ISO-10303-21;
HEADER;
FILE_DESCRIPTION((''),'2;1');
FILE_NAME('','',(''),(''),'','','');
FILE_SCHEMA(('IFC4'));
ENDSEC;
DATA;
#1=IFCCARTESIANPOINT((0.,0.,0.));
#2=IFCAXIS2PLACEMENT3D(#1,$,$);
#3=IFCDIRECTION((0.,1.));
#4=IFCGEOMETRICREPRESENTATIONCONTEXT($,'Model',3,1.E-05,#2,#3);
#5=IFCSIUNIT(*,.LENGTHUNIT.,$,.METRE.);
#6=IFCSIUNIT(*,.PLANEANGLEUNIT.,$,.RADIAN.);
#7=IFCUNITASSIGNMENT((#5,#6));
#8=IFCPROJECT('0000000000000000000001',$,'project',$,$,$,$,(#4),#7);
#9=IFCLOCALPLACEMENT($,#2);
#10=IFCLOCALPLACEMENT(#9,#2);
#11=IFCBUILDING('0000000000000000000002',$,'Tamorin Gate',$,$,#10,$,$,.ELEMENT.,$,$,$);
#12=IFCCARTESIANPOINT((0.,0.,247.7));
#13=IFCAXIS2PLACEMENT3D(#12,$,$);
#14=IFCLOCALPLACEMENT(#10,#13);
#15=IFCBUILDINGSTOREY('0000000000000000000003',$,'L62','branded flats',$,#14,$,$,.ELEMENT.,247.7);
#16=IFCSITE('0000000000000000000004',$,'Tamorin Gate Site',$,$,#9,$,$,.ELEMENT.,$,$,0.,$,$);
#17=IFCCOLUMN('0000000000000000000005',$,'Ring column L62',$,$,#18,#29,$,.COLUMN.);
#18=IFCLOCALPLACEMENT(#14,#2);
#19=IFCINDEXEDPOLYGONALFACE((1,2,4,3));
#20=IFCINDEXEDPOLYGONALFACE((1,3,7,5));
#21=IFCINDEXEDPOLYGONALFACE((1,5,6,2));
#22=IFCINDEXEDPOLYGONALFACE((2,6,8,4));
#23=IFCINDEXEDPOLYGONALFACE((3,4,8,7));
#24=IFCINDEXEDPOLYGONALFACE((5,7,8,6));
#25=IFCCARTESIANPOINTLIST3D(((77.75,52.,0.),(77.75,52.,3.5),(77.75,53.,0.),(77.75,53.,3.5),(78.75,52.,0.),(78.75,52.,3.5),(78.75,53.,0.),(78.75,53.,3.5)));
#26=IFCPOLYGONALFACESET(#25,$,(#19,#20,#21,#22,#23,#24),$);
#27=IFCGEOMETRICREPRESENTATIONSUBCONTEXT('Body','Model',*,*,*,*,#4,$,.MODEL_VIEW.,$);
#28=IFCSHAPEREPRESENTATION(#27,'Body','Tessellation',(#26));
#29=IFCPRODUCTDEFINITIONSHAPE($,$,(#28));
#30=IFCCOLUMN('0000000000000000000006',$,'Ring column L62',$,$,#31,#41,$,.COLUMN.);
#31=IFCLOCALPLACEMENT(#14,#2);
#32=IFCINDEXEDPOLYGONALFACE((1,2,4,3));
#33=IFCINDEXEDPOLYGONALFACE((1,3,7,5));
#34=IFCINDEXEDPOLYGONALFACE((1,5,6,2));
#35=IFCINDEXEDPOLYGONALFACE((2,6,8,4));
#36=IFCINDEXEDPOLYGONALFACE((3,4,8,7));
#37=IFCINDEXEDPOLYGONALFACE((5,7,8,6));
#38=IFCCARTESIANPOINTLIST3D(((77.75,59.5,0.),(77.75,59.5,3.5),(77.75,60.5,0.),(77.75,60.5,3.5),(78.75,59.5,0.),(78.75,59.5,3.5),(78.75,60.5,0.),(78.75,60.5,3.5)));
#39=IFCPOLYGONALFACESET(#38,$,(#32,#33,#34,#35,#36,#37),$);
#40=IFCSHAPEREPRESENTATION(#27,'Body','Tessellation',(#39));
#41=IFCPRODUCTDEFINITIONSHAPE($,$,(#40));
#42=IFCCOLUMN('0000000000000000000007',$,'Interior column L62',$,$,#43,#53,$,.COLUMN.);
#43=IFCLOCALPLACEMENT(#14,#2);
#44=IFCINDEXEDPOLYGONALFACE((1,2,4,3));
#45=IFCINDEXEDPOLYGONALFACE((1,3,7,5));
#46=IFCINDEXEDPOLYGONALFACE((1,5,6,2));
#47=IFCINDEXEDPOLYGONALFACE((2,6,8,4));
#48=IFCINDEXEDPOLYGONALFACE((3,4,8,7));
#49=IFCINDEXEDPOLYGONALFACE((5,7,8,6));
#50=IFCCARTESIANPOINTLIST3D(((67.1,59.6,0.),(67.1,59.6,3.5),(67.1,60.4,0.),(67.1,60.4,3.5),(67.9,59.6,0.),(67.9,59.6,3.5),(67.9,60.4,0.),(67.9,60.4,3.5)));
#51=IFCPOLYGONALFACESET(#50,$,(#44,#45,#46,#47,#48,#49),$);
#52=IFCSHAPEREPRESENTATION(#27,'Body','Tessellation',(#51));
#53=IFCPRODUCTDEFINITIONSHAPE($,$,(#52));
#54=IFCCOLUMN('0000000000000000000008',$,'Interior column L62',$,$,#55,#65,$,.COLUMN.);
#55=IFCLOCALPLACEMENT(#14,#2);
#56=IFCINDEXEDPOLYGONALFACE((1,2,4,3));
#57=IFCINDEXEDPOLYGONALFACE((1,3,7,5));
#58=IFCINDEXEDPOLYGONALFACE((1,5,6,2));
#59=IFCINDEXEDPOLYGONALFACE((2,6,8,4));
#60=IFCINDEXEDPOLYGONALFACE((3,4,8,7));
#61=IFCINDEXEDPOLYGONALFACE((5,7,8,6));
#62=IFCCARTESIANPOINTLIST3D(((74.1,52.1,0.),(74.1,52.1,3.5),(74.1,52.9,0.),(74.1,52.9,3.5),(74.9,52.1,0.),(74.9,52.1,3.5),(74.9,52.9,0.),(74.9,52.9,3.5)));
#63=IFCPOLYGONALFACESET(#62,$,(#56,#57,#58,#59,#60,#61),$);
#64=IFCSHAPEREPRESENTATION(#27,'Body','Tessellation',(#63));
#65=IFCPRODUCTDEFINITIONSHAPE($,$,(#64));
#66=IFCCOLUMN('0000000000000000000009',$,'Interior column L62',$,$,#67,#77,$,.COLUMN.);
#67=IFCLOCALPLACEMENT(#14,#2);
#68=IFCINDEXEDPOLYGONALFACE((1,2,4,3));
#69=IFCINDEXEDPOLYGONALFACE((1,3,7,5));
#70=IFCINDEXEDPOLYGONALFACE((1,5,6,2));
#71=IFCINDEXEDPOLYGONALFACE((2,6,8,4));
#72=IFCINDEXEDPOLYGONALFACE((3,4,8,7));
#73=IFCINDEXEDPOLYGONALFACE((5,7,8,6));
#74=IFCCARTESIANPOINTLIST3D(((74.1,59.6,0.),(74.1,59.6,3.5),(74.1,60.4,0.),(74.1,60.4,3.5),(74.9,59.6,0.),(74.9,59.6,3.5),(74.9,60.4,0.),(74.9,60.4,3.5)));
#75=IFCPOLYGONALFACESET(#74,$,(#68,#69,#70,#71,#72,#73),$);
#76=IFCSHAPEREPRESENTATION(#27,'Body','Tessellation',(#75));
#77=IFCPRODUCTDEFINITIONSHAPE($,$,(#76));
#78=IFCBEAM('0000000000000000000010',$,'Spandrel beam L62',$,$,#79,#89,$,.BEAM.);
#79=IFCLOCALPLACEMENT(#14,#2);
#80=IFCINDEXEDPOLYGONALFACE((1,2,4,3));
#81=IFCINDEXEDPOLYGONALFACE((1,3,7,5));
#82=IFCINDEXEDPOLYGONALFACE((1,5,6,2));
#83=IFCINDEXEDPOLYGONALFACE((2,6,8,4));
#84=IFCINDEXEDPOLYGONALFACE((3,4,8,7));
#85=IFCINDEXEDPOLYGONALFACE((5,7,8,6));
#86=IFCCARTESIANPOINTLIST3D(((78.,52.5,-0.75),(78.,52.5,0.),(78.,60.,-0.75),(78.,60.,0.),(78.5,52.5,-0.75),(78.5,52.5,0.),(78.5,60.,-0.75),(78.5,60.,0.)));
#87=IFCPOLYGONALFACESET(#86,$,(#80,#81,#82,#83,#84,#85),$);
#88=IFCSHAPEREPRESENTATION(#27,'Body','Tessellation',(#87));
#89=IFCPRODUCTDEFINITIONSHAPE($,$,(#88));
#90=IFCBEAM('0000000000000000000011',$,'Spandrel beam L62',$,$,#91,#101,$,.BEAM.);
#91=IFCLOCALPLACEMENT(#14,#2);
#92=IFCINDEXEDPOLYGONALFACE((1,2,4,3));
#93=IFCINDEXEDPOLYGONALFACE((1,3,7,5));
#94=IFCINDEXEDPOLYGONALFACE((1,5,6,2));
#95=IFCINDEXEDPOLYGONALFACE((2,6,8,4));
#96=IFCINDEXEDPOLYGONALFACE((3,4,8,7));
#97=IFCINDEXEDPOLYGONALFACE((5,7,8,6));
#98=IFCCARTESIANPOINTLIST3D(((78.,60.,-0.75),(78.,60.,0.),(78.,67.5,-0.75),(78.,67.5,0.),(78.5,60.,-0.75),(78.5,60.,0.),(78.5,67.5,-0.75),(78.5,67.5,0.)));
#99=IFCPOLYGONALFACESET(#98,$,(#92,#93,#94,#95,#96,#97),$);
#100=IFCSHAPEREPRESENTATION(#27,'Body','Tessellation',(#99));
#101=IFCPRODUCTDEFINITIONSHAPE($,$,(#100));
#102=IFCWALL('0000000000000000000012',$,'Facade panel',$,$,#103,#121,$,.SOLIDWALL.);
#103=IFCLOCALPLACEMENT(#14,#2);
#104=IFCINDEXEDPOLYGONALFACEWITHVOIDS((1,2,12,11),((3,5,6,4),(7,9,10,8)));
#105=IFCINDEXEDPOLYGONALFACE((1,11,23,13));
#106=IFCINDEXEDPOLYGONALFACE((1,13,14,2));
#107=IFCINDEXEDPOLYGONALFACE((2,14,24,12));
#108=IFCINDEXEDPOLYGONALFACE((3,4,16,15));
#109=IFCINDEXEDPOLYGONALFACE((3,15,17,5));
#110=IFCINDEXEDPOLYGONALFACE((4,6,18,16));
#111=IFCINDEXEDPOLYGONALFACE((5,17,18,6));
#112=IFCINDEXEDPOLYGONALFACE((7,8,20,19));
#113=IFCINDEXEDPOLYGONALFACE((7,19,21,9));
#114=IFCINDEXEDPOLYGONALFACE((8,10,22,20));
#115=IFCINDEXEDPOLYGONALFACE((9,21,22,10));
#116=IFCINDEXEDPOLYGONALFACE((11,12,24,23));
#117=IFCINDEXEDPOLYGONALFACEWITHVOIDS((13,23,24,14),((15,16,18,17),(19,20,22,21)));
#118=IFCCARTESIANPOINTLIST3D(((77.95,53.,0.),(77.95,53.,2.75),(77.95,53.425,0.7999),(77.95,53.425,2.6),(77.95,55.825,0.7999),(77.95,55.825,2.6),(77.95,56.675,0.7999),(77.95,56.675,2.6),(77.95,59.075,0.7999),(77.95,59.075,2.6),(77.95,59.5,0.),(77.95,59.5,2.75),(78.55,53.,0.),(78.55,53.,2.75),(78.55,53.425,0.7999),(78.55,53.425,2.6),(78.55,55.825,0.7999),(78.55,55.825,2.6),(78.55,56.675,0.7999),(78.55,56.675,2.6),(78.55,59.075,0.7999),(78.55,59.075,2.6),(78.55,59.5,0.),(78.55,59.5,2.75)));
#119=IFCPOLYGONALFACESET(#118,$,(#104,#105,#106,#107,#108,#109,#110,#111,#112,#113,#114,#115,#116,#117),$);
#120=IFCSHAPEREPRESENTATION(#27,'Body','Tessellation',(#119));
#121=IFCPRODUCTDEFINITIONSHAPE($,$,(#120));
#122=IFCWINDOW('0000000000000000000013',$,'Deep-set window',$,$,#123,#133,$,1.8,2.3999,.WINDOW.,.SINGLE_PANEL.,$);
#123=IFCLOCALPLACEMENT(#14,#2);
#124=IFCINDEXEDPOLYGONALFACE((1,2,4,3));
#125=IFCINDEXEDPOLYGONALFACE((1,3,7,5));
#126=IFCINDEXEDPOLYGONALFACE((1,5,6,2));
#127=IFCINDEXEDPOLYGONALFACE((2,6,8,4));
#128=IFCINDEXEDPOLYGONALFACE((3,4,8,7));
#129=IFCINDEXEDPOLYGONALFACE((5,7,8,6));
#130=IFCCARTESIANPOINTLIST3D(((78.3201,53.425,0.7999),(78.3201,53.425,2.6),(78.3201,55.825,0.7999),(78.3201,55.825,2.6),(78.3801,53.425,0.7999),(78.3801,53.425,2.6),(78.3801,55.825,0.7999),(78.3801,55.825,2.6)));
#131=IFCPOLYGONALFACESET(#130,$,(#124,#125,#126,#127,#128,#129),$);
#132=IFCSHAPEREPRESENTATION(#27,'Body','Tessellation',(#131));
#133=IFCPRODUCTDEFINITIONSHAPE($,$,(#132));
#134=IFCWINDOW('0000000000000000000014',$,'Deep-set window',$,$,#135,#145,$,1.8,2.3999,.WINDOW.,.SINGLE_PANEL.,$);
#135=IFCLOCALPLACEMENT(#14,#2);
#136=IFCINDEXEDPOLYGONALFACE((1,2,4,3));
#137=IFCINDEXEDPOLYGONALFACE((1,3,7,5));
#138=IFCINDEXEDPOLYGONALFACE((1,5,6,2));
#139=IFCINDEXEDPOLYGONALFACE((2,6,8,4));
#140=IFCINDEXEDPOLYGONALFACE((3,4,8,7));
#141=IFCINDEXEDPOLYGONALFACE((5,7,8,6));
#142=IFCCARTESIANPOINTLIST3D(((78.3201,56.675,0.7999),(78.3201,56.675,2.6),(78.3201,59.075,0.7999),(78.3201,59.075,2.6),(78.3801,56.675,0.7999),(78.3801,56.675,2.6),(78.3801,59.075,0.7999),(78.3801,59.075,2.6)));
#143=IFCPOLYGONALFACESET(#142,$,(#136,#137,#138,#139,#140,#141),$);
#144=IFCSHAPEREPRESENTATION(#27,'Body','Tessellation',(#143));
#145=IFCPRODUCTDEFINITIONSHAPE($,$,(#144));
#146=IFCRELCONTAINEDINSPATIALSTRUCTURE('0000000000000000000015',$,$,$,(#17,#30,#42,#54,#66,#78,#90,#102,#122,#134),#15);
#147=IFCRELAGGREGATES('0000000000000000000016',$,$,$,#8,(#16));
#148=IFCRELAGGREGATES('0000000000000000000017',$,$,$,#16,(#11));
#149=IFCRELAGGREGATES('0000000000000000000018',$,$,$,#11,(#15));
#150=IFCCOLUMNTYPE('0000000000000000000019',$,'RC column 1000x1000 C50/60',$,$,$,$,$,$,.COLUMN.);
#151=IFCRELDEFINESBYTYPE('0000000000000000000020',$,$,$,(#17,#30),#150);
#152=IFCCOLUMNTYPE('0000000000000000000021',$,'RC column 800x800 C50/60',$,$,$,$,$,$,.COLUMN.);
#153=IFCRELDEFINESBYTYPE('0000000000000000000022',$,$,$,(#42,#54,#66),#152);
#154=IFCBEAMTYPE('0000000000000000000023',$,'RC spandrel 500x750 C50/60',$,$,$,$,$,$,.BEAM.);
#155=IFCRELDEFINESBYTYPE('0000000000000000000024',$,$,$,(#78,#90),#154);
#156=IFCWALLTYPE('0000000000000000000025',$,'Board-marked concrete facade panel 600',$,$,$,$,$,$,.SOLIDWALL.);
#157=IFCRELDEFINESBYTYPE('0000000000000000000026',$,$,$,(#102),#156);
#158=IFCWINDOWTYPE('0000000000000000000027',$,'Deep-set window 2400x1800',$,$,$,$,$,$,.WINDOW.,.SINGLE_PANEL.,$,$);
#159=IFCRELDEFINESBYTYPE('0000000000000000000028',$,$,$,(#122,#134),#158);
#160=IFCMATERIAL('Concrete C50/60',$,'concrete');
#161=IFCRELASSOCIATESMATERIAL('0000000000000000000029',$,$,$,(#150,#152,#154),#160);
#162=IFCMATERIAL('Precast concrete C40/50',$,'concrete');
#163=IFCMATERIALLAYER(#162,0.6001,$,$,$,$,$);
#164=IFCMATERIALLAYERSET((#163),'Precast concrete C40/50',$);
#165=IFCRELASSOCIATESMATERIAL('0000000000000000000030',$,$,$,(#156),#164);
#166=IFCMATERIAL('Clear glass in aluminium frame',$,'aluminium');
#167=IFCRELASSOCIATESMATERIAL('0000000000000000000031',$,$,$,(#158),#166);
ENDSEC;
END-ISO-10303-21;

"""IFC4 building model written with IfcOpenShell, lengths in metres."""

from ifc_helpers import new_model, si_unit, direction, frame, frame_2d, origin, origin_2d, place, context, subcontext, project, spatial, rectangle, extrude, material, layer, layer_set, material_profile, profile_set, type_object, element, fill, save


model = new_model("IFC4")

# Units and contexts
model_context = context("Model", 3, precision=1e-05, world=origin(), true_north=direction((0.0, 1.0)))
body_context = subcontext(model_context, "Body", "Model", "MODEL_VIEW")
ifc_project = project(units=[si_unit("LENGTHUNIT", "METRE"), si_unit("PLANEANGLEUNIT", "RADIAN")], contexts=[model_context])

# Site, building, storey
site_placement = place(None, origin())
site = spatial("IfcSite", under=ifc_project, at=site_placement, Name="Tamorin Gate Site", CompositionType="ELEMENT", RefElevation=0.0)
building_placement = place(site_placement, origin())
building = spatial("IfcBuilding", under=site, at=building_placement, Name="Tamorin Gate", CompositionType="ELEMENT")
storey_placement = place(building_placement, frame((0.0, 0.0, 247.7)))
storey = spatial("IfcBuildingStorey", under=building, at=storey_placement, Name="L62", Description="branded flats", CompositionType="ELEMENT", Elevation=247.7)

# Columns
ifc_material_1 = material(Name="Concrete C50/60", Category="concrete")
ifc_material_profile_1 = material_profile(ifc_material_1, rectangle(XDim=1.0, YDim=1.0, at=origin_2d()), Name="RC 1000x1000")
ifc_profile_set_1 = profile_set([ifc_material_profile_1], Name="Concrete C50/60")
column_type_1 = type_object("IfcColumnType", Name="RC column 1000x1000 C50/60", PredefinedType="COLUMN", material=ifc_profile_set_1)
for number, where, z_axis, x_axis, name in (
    (1, (78.25, 52.5, 0.0), (0.0, 0.0, 1.0), (1.0, 0.0, 0.0), "Ring column L62"),
    (2, (78.25, 60.0, 0.0), (0.0, 0.0, 1.0), (1.0, 0.0, 0.0), "Ring column L62"),
):
    element("IfcColumn", number, at=place(storey_placement, frame(where, z_axis=z_axis, x_axis=x_axis)), inside=storey, type_object=column_type_1, Name=name, PredefinedType="COLUMN", context=body_context, shape_type="SweptSolid", body=[
        extrude(rectangle(XDim=1.0, YDim=1.0, at=origin_2d()), origin(), (0.0, 0.0, 1.0), 3.5),
    ])
ifc_material_profile_2 = material_profile(ifc_material_1, rectangle(XDim=0.8, YDim=0.8, at=origin_2d()), Name="RC 800x800")
ifc_profile_set_2 = profile_set([ifc_material_profile_2], Name="Concrete C50/60")
column_type_2 = type_object("IfcColumnType", Name="RC column 800x800 C50/60", PredefinedType="COLUMN", material=ifc_profile_set_2)
for number, where, z_axis, x_axis, name in (
    (3, (67.5, 60.0, 0.0), (0.0, 0.0, 1.0), (1.0, 0.0, 0.0), "Interior column L62"),
    (4, (74.5, 52.5, 0.0), (0.0, 0.0, 1.0), (1.0, 0.0, 0.0), "Interior column L62"),
    (5, (74.5, 60.0, 0.0), (0.0, 0.0, 1.0), (1.0, 0.0, 0.0), "Interior column L62"),
):
    element("IfcColumn", number, at=place(storey_placement, frame(where, z_axis=z_axis, x_axis=x_axis)), inside=storey, type_object=column_type_2, Name=name, PredefinedType="COLUMN", context=body_context, shape_type="SweptSolid", body=[
        extrude(rectangle(XDim=0.8, YDim=0.8, at=origin_2d()), origin(), (0.0, 0.0, 1.0), 3.5),
    ])

# Beams
ifc_material_profile_3 = material_profile(ifc_material_1, rectangle(XDim=0.5, YDim=0.75, at=origin_2d()), Name="RC 500x750")
ifc_profile_set_3 = profile_set([ifc_material_profile_3], Name="Concrete C50/60")
beam_type = type_object("IfcBeamType", Name="RC spandrel 500x750 C50/60", PredefinedType="BEAM", material=ifc_profile_set_3)
for number, where, z_axis, x_axis, name in (
    (6, (78.25, 52.5, -0.375), (0.0, 1.0, 0.0), (-1.0, 0.0, 0.0), "Spandrel beam L62"),
    (7, (78.25, 60.0, -0.375), (0.0, 1.0, 0.0), (-1.0, 0.0, 0.0), "Spandrel beam L62"),
):
    element("IfcBeam", number, at=place(storey_placement, frame(where, z_axis=z_axis, x_axis=x_axis)), inside=storey, type_object=beam_type, Name=name, PredefinedType="BEAM", context=body_context, shape_type="SweptSolid", body=[
        extrude(rectangle(XDim=0.5, YDim=0.75, at=origin_2d()), origin(), (0.0, 0.0, 1.0), 7.5),
    ])

# Wall, openings, windows
ifc_material_2 = material(Name="Precast concrete C40/50", Category="concrete")
ifc_layer_1 = layer(ifc_material_2, 0.6001)
ifc_layer_set_1 = layer_set([ifc_layer_1], Name="Precast concrete C40/50")
wall_type_1 = type_object("IfcWallType", Name="Board-marked concrete facade panel 600", PredefinedType="SOLIDWALL", material=ifc_layer_set_1)
wall_1_placement = place(storey_placement, frame((78.25, 53.0, 0.0), z_axis=(0.0, 0.0, 1.0), x_axis=(0.0, 1.0, 0.0)))
wall_1 = element("IfcWall", 8, at=wall_1_placement, inside=storey, type_object=wall_type_1, Name="Facade panel", PredefinedType="SOLIDWALL", context=body_context, shape_type="SweptSolid", body=[
    extrude(rectangle(XDim=6.5, YDim=0.6001, at=frame_2d((3.25, 0.0))), origin(), (0.0, 0.0, 1.0), 2.75),
])
opening_1_placement = place(wall_1_placement, frame((0.425, 0.0, 0.8)))
opening_1 = element("IfcOpeningElement", 9, at=opening_1_placement, cuts=wall_1, PredefinedType="OPENING", context=body_context, shape_type="SweptSolid", body=[
    extrude(rectangle(XDim=2.3999, YDim=1.8, at=frame_2d((1.2, 0.8999))), frame((0.0, 0.3101, 0.0), z_axis=(0.0, -1.0, 0.0), x_axis=(1.0, 0.0, 0.0)), (0.0, 0.0, 1.0), 0.6201),
])
opening_2_placement = place(wall_1_placement, frame((3.675, 0.0, 0.8)))
opening_2 = element("IfcOpeningElement", 10, at=opening_2_placement, cuts=wall_1, PredefinedType="OPENING", context=body_context, shape_type="SweptSolid", body=[
    extrude(rectangle(XDim=2.3999, YDim=1.8, at=frame_2d((1.2, 0.8999))), frame((0.0, 0.3101, 0.0), z_axis=(0.0, -1.0, 0.0), x_axis=(1.0, 0.0, 0.0)), (0.0, 0.0, 1.0), 0.6201),
])
ifc_material_3 = material(Name="Clear glass in aluminium frame", Category="aluminium")
window_type = type_object("IfcWindowType", Name="Deep-set window 2400x1800", PartitioningType="SINGLE_PANEL", PredefinedType="WINDOW", material=ifc_material_3)
window_1_placement = place(opening_1_placement, origin())
window_1 = element("IfcWindow", 11, at=window_1_placement, inside=storey, type_object=window_type, Name="Deep-set window", OverallHeight=1.8, OverallWidth=2.3999, PartitioningType="SINGLE_PANEL", PredefinedType="WINDOW", context=body_context, shape_type="SweptSolid", body=[
    extrude(rectangle(XDim=2.3999, YDim=1.8, at=frame_2d((1.2, 0.8999))), frame((0.0, -0.0701, 0.0), z_axis=(0.0, -1.0, 0.0), x_axis=(1.0, 0.0, 0.0)), (0.0, 0.0, 1.0), 0.0601),
])
fill(opening_1, window_1)
window_2_placement = place(opening_2_placement, origin())
window_2 = element("IfcWindow", 12, at=window_2_placement, inside=storey, type_object=window_type, Name="Deep-set window", OverallHeight=1.8, OverallWidth=2.3999, PartitioningType="SINGLE_PANEL", PredefinedType="WINDOW", context=body_context, shape_type="SweptSolid", body=[
    extrude(rectangle(XDim=2.3999, YDim=1.8, at=frame_2d((1.2, 0.8999))), frame((0.0, -0.0701, 0.0), z_axis=(0.0, -1.0, 0.0), x_axis=(1.0, 0.0, 0.0)), (0.0, 0.0, 1.0), 0.0601),
])
fill(opening_2, window_2)

save(model, "model.ifc")
